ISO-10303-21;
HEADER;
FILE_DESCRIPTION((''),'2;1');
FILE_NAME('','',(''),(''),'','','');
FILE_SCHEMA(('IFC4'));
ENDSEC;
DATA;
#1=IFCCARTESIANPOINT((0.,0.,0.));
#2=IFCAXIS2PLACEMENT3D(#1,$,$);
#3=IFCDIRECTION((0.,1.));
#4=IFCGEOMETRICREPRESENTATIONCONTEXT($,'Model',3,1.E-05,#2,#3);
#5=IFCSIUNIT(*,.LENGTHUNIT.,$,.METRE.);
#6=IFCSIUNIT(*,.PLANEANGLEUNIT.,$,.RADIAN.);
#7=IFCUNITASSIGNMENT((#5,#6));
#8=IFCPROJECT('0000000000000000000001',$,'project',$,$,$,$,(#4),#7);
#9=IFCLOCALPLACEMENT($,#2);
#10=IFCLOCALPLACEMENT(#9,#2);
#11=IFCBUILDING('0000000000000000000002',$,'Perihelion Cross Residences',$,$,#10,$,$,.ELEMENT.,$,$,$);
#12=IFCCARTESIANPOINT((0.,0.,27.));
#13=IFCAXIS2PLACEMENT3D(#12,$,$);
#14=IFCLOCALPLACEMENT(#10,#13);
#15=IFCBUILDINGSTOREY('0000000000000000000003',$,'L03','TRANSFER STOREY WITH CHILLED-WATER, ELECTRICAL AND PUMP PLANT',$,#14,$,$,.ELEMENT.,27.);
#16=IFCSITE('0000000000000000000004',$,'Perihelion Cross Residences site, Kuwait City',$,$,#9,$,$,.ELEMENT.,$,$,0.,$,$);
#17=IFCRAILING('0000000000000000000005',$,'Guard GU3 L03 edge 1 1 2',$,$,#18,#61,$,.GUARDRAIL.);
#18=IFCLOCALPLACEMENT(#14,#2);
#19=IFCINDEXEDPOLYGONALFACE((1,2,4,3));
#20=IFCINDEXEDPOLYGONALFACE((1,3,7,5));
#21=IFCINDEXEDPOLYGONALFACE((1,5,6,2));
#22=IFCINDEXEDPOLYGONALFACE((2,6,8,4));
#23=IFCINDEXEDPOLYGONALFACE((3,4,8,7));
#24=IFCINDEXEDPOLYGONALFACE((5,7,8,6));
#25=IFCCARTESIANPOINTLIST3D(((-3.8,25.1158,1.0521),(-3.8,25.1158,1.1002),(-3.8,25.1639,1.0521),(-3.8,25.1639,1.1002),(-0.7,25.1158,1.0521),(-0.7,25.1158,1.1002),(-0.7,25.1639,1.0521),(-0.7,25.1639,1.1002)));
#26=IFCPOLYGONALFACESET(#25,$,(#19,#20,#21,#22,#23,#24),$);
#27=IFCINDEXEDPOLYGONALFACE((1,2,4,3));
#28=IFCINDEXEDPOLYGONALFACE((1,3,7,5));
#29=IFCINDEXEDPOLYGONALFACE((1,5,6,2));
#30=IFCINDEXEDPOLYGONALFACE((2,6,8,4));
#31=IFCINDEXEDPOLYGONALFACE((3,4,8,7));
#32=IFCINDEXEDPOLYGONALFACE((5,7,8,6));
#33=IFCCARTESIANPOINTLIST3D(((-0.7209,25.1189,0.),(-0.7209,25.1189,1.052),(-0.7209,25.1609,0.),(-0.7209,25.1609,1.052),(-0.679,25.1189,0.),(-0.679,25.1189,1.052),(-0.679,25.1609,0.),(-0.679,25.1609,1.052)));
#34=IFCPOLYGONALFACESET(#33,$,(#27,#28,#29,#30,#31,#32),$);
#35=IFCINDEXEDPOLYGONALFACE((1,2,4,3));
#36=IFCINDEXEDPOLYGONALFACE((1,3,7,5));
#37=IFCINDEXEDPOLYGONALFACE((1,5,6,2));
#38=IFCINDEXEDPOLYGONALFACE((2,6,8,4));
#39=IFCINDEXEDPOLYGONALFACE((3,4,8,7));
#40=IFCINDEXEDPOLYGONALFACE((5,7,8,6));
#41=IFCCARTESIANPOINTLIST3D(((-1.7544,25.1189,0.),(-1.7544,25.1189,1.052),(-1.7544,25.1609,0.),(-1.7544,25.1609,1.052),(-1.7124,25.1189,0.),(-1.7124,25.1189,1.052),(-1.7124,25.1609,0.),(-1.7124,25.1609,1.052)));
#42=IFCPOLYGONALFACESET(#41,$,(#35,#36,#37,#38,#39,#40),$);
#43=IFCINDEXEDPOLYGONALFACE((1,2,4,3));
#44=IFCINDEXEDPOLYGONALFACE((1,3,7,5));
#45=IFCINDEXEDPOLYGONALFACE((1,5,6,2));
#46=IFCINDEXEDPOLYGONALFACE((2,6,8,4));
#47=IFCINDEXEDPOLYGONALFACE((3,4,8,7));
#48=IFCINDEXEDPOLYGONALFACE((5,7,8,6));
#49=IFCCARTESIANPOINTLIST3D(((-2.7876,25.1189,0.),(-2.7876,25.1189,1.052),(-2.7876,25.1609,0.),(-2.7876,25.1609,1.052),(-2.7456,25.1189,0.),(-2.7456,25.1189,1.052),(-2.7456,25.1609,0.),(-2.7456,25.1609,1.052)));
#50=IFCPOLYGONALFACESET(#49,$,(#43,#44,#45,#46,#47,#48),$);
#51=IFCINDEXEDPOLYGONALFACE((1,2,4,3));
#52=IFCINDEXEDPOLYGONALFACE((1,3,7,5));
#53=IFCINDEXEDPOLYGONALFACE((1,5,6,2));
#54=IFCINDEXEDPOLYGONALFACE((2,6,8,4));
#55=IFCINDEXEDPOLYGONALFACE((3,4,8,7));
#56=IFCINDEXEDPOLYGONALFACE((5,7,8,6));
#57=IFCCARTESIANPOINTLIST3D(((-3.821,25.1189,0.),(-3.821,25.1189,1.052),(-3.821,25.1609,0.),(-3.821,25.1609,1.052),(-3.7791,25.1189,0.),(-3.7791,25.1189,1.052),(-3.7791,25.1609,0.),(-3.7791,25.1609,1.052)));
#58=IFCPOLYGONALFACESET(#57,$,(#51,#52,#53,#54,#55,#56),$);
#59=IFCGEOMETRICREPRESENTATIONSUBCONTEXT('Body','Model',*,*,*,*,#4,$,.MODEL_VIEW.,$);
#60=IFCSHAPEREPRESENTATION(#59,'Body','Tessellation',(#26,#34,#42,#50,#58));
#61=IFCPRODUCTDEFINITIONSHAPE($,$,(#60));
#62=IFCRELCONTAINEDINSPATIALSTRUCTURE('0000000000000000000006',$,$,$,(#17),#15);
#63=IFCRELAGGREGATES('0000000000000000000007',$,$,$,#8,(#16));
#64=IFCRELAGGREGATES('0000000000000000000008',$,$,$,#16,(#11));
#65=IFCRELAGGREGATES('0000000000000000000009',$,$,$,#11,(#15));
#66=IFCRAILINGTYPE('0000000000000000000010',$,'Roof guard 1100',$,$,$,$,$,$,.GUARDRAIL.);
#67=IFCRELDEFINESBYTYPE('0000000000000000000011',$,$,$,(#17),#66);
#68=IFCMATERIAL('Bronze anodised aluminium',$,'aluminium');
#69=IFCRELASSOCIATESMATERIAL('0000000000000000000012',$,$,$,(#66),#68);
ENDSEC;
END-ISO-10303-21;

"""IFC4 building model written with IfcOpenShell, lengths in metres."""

from ifc_helpers import new_model, si_unit, direction, frame, origin, origin_2d, place, context, subcontext, project, spatial, rectangle, extrude, material, type_object, element, save


model = new_model("IFC4")

# Units and contexts
model_context = context("Model", 3, precision=1e-05, world=origin(), true_north=direction((0.0, 1.0)))
body_context = subcontext(model_context, "Body", "Model", "MODEL_VIEW")
ifc_project = project(units=[si_unit("LENGTHUNIT", "METRE"), si_unit("PLANEANGLEUNIT", "RADIAN")], contexts=[model_context])

# Site, building, storey
site_placement = place(None, origin())
site = spatial("IfcSite", under=ifc_project, at=site_placement, Name="Perihelion Cross Residences site, Kuwait City", CompositionType="ELEMENT", RefElevation=0.0)
building_placement = place(site_placement, origin())
building = spatial("IfcBuilding", under=site, at=building_placement, Name="Perihelion Cross Residences", CompositionType="ELEMENT")
storey_placement = place(building_placement, frame((0.0, 0.0, 27.0)))
storey = spatial("IfcBuildingStorey", under=building, at=storey_placement, Name="L03", Description="TRANSFER STOREY WITH CHILLED-WATER, ELECTRICAL AND PUMP PLANT", CompositionType="ELEMENT", Elevation=27.0)

# Railing
ifc_material_1 = material(Name="Bronze anodised aluminium", Category="aluminium")
railing_type = type_object("IfcRailingType", Name="Roof guard 1100", PredefinedType="GUARDRAIL", material=ifc_material_1)
railing_placement = place(storey_placement, frame((-0.7, 25.1399, 0.0)))
element("IfcRailing", 1, at=railing_placement, inside=storey, type_object=railing_type, Name="Guard GU3 L03 edge 1 1 2", PredefinedType="GUARDRAIL", context=body_context, shape_type="SweptSolid", body=[
    extrude(rectangle(XDim=0.0481, YDim=0.0481, at=origin_2d()), frame((0.0, 0.0, 1.0762), z_axis=(-1.0, 0.0, 0.0), x_axis=(0.0, -1.0, 0.0)), (0.0, 0.0, 1.0), 3.1001),
    extrude(rectangle(XDim=0.042, YDim=0.042, at=origin_2d()), origin(), (0.0, 0.0, 1.0), 1.052),
    extrude(rectangle(XDim=0.042, YDim=0.042, at=origin_2d()), frame((-1.0334, 0.0, 0.0)), (0.0, 0.0, 1.0), 1.052),
    extrude(rectangle(XDim=0.042, YDim=0.042, at=origin_2d()), frame((-2.0667, 0.0, 0.0)), (0.0, 0.0, 1.0), 1.052),
    extrude(rectangle(XDim=0.042, YDim=0.042, at=origin_2d()), frame((-3.1001, 0.0, 0.0)), (0.0, 0.0, 1.0), 1.052),
])

save(model, "model.ifc")
